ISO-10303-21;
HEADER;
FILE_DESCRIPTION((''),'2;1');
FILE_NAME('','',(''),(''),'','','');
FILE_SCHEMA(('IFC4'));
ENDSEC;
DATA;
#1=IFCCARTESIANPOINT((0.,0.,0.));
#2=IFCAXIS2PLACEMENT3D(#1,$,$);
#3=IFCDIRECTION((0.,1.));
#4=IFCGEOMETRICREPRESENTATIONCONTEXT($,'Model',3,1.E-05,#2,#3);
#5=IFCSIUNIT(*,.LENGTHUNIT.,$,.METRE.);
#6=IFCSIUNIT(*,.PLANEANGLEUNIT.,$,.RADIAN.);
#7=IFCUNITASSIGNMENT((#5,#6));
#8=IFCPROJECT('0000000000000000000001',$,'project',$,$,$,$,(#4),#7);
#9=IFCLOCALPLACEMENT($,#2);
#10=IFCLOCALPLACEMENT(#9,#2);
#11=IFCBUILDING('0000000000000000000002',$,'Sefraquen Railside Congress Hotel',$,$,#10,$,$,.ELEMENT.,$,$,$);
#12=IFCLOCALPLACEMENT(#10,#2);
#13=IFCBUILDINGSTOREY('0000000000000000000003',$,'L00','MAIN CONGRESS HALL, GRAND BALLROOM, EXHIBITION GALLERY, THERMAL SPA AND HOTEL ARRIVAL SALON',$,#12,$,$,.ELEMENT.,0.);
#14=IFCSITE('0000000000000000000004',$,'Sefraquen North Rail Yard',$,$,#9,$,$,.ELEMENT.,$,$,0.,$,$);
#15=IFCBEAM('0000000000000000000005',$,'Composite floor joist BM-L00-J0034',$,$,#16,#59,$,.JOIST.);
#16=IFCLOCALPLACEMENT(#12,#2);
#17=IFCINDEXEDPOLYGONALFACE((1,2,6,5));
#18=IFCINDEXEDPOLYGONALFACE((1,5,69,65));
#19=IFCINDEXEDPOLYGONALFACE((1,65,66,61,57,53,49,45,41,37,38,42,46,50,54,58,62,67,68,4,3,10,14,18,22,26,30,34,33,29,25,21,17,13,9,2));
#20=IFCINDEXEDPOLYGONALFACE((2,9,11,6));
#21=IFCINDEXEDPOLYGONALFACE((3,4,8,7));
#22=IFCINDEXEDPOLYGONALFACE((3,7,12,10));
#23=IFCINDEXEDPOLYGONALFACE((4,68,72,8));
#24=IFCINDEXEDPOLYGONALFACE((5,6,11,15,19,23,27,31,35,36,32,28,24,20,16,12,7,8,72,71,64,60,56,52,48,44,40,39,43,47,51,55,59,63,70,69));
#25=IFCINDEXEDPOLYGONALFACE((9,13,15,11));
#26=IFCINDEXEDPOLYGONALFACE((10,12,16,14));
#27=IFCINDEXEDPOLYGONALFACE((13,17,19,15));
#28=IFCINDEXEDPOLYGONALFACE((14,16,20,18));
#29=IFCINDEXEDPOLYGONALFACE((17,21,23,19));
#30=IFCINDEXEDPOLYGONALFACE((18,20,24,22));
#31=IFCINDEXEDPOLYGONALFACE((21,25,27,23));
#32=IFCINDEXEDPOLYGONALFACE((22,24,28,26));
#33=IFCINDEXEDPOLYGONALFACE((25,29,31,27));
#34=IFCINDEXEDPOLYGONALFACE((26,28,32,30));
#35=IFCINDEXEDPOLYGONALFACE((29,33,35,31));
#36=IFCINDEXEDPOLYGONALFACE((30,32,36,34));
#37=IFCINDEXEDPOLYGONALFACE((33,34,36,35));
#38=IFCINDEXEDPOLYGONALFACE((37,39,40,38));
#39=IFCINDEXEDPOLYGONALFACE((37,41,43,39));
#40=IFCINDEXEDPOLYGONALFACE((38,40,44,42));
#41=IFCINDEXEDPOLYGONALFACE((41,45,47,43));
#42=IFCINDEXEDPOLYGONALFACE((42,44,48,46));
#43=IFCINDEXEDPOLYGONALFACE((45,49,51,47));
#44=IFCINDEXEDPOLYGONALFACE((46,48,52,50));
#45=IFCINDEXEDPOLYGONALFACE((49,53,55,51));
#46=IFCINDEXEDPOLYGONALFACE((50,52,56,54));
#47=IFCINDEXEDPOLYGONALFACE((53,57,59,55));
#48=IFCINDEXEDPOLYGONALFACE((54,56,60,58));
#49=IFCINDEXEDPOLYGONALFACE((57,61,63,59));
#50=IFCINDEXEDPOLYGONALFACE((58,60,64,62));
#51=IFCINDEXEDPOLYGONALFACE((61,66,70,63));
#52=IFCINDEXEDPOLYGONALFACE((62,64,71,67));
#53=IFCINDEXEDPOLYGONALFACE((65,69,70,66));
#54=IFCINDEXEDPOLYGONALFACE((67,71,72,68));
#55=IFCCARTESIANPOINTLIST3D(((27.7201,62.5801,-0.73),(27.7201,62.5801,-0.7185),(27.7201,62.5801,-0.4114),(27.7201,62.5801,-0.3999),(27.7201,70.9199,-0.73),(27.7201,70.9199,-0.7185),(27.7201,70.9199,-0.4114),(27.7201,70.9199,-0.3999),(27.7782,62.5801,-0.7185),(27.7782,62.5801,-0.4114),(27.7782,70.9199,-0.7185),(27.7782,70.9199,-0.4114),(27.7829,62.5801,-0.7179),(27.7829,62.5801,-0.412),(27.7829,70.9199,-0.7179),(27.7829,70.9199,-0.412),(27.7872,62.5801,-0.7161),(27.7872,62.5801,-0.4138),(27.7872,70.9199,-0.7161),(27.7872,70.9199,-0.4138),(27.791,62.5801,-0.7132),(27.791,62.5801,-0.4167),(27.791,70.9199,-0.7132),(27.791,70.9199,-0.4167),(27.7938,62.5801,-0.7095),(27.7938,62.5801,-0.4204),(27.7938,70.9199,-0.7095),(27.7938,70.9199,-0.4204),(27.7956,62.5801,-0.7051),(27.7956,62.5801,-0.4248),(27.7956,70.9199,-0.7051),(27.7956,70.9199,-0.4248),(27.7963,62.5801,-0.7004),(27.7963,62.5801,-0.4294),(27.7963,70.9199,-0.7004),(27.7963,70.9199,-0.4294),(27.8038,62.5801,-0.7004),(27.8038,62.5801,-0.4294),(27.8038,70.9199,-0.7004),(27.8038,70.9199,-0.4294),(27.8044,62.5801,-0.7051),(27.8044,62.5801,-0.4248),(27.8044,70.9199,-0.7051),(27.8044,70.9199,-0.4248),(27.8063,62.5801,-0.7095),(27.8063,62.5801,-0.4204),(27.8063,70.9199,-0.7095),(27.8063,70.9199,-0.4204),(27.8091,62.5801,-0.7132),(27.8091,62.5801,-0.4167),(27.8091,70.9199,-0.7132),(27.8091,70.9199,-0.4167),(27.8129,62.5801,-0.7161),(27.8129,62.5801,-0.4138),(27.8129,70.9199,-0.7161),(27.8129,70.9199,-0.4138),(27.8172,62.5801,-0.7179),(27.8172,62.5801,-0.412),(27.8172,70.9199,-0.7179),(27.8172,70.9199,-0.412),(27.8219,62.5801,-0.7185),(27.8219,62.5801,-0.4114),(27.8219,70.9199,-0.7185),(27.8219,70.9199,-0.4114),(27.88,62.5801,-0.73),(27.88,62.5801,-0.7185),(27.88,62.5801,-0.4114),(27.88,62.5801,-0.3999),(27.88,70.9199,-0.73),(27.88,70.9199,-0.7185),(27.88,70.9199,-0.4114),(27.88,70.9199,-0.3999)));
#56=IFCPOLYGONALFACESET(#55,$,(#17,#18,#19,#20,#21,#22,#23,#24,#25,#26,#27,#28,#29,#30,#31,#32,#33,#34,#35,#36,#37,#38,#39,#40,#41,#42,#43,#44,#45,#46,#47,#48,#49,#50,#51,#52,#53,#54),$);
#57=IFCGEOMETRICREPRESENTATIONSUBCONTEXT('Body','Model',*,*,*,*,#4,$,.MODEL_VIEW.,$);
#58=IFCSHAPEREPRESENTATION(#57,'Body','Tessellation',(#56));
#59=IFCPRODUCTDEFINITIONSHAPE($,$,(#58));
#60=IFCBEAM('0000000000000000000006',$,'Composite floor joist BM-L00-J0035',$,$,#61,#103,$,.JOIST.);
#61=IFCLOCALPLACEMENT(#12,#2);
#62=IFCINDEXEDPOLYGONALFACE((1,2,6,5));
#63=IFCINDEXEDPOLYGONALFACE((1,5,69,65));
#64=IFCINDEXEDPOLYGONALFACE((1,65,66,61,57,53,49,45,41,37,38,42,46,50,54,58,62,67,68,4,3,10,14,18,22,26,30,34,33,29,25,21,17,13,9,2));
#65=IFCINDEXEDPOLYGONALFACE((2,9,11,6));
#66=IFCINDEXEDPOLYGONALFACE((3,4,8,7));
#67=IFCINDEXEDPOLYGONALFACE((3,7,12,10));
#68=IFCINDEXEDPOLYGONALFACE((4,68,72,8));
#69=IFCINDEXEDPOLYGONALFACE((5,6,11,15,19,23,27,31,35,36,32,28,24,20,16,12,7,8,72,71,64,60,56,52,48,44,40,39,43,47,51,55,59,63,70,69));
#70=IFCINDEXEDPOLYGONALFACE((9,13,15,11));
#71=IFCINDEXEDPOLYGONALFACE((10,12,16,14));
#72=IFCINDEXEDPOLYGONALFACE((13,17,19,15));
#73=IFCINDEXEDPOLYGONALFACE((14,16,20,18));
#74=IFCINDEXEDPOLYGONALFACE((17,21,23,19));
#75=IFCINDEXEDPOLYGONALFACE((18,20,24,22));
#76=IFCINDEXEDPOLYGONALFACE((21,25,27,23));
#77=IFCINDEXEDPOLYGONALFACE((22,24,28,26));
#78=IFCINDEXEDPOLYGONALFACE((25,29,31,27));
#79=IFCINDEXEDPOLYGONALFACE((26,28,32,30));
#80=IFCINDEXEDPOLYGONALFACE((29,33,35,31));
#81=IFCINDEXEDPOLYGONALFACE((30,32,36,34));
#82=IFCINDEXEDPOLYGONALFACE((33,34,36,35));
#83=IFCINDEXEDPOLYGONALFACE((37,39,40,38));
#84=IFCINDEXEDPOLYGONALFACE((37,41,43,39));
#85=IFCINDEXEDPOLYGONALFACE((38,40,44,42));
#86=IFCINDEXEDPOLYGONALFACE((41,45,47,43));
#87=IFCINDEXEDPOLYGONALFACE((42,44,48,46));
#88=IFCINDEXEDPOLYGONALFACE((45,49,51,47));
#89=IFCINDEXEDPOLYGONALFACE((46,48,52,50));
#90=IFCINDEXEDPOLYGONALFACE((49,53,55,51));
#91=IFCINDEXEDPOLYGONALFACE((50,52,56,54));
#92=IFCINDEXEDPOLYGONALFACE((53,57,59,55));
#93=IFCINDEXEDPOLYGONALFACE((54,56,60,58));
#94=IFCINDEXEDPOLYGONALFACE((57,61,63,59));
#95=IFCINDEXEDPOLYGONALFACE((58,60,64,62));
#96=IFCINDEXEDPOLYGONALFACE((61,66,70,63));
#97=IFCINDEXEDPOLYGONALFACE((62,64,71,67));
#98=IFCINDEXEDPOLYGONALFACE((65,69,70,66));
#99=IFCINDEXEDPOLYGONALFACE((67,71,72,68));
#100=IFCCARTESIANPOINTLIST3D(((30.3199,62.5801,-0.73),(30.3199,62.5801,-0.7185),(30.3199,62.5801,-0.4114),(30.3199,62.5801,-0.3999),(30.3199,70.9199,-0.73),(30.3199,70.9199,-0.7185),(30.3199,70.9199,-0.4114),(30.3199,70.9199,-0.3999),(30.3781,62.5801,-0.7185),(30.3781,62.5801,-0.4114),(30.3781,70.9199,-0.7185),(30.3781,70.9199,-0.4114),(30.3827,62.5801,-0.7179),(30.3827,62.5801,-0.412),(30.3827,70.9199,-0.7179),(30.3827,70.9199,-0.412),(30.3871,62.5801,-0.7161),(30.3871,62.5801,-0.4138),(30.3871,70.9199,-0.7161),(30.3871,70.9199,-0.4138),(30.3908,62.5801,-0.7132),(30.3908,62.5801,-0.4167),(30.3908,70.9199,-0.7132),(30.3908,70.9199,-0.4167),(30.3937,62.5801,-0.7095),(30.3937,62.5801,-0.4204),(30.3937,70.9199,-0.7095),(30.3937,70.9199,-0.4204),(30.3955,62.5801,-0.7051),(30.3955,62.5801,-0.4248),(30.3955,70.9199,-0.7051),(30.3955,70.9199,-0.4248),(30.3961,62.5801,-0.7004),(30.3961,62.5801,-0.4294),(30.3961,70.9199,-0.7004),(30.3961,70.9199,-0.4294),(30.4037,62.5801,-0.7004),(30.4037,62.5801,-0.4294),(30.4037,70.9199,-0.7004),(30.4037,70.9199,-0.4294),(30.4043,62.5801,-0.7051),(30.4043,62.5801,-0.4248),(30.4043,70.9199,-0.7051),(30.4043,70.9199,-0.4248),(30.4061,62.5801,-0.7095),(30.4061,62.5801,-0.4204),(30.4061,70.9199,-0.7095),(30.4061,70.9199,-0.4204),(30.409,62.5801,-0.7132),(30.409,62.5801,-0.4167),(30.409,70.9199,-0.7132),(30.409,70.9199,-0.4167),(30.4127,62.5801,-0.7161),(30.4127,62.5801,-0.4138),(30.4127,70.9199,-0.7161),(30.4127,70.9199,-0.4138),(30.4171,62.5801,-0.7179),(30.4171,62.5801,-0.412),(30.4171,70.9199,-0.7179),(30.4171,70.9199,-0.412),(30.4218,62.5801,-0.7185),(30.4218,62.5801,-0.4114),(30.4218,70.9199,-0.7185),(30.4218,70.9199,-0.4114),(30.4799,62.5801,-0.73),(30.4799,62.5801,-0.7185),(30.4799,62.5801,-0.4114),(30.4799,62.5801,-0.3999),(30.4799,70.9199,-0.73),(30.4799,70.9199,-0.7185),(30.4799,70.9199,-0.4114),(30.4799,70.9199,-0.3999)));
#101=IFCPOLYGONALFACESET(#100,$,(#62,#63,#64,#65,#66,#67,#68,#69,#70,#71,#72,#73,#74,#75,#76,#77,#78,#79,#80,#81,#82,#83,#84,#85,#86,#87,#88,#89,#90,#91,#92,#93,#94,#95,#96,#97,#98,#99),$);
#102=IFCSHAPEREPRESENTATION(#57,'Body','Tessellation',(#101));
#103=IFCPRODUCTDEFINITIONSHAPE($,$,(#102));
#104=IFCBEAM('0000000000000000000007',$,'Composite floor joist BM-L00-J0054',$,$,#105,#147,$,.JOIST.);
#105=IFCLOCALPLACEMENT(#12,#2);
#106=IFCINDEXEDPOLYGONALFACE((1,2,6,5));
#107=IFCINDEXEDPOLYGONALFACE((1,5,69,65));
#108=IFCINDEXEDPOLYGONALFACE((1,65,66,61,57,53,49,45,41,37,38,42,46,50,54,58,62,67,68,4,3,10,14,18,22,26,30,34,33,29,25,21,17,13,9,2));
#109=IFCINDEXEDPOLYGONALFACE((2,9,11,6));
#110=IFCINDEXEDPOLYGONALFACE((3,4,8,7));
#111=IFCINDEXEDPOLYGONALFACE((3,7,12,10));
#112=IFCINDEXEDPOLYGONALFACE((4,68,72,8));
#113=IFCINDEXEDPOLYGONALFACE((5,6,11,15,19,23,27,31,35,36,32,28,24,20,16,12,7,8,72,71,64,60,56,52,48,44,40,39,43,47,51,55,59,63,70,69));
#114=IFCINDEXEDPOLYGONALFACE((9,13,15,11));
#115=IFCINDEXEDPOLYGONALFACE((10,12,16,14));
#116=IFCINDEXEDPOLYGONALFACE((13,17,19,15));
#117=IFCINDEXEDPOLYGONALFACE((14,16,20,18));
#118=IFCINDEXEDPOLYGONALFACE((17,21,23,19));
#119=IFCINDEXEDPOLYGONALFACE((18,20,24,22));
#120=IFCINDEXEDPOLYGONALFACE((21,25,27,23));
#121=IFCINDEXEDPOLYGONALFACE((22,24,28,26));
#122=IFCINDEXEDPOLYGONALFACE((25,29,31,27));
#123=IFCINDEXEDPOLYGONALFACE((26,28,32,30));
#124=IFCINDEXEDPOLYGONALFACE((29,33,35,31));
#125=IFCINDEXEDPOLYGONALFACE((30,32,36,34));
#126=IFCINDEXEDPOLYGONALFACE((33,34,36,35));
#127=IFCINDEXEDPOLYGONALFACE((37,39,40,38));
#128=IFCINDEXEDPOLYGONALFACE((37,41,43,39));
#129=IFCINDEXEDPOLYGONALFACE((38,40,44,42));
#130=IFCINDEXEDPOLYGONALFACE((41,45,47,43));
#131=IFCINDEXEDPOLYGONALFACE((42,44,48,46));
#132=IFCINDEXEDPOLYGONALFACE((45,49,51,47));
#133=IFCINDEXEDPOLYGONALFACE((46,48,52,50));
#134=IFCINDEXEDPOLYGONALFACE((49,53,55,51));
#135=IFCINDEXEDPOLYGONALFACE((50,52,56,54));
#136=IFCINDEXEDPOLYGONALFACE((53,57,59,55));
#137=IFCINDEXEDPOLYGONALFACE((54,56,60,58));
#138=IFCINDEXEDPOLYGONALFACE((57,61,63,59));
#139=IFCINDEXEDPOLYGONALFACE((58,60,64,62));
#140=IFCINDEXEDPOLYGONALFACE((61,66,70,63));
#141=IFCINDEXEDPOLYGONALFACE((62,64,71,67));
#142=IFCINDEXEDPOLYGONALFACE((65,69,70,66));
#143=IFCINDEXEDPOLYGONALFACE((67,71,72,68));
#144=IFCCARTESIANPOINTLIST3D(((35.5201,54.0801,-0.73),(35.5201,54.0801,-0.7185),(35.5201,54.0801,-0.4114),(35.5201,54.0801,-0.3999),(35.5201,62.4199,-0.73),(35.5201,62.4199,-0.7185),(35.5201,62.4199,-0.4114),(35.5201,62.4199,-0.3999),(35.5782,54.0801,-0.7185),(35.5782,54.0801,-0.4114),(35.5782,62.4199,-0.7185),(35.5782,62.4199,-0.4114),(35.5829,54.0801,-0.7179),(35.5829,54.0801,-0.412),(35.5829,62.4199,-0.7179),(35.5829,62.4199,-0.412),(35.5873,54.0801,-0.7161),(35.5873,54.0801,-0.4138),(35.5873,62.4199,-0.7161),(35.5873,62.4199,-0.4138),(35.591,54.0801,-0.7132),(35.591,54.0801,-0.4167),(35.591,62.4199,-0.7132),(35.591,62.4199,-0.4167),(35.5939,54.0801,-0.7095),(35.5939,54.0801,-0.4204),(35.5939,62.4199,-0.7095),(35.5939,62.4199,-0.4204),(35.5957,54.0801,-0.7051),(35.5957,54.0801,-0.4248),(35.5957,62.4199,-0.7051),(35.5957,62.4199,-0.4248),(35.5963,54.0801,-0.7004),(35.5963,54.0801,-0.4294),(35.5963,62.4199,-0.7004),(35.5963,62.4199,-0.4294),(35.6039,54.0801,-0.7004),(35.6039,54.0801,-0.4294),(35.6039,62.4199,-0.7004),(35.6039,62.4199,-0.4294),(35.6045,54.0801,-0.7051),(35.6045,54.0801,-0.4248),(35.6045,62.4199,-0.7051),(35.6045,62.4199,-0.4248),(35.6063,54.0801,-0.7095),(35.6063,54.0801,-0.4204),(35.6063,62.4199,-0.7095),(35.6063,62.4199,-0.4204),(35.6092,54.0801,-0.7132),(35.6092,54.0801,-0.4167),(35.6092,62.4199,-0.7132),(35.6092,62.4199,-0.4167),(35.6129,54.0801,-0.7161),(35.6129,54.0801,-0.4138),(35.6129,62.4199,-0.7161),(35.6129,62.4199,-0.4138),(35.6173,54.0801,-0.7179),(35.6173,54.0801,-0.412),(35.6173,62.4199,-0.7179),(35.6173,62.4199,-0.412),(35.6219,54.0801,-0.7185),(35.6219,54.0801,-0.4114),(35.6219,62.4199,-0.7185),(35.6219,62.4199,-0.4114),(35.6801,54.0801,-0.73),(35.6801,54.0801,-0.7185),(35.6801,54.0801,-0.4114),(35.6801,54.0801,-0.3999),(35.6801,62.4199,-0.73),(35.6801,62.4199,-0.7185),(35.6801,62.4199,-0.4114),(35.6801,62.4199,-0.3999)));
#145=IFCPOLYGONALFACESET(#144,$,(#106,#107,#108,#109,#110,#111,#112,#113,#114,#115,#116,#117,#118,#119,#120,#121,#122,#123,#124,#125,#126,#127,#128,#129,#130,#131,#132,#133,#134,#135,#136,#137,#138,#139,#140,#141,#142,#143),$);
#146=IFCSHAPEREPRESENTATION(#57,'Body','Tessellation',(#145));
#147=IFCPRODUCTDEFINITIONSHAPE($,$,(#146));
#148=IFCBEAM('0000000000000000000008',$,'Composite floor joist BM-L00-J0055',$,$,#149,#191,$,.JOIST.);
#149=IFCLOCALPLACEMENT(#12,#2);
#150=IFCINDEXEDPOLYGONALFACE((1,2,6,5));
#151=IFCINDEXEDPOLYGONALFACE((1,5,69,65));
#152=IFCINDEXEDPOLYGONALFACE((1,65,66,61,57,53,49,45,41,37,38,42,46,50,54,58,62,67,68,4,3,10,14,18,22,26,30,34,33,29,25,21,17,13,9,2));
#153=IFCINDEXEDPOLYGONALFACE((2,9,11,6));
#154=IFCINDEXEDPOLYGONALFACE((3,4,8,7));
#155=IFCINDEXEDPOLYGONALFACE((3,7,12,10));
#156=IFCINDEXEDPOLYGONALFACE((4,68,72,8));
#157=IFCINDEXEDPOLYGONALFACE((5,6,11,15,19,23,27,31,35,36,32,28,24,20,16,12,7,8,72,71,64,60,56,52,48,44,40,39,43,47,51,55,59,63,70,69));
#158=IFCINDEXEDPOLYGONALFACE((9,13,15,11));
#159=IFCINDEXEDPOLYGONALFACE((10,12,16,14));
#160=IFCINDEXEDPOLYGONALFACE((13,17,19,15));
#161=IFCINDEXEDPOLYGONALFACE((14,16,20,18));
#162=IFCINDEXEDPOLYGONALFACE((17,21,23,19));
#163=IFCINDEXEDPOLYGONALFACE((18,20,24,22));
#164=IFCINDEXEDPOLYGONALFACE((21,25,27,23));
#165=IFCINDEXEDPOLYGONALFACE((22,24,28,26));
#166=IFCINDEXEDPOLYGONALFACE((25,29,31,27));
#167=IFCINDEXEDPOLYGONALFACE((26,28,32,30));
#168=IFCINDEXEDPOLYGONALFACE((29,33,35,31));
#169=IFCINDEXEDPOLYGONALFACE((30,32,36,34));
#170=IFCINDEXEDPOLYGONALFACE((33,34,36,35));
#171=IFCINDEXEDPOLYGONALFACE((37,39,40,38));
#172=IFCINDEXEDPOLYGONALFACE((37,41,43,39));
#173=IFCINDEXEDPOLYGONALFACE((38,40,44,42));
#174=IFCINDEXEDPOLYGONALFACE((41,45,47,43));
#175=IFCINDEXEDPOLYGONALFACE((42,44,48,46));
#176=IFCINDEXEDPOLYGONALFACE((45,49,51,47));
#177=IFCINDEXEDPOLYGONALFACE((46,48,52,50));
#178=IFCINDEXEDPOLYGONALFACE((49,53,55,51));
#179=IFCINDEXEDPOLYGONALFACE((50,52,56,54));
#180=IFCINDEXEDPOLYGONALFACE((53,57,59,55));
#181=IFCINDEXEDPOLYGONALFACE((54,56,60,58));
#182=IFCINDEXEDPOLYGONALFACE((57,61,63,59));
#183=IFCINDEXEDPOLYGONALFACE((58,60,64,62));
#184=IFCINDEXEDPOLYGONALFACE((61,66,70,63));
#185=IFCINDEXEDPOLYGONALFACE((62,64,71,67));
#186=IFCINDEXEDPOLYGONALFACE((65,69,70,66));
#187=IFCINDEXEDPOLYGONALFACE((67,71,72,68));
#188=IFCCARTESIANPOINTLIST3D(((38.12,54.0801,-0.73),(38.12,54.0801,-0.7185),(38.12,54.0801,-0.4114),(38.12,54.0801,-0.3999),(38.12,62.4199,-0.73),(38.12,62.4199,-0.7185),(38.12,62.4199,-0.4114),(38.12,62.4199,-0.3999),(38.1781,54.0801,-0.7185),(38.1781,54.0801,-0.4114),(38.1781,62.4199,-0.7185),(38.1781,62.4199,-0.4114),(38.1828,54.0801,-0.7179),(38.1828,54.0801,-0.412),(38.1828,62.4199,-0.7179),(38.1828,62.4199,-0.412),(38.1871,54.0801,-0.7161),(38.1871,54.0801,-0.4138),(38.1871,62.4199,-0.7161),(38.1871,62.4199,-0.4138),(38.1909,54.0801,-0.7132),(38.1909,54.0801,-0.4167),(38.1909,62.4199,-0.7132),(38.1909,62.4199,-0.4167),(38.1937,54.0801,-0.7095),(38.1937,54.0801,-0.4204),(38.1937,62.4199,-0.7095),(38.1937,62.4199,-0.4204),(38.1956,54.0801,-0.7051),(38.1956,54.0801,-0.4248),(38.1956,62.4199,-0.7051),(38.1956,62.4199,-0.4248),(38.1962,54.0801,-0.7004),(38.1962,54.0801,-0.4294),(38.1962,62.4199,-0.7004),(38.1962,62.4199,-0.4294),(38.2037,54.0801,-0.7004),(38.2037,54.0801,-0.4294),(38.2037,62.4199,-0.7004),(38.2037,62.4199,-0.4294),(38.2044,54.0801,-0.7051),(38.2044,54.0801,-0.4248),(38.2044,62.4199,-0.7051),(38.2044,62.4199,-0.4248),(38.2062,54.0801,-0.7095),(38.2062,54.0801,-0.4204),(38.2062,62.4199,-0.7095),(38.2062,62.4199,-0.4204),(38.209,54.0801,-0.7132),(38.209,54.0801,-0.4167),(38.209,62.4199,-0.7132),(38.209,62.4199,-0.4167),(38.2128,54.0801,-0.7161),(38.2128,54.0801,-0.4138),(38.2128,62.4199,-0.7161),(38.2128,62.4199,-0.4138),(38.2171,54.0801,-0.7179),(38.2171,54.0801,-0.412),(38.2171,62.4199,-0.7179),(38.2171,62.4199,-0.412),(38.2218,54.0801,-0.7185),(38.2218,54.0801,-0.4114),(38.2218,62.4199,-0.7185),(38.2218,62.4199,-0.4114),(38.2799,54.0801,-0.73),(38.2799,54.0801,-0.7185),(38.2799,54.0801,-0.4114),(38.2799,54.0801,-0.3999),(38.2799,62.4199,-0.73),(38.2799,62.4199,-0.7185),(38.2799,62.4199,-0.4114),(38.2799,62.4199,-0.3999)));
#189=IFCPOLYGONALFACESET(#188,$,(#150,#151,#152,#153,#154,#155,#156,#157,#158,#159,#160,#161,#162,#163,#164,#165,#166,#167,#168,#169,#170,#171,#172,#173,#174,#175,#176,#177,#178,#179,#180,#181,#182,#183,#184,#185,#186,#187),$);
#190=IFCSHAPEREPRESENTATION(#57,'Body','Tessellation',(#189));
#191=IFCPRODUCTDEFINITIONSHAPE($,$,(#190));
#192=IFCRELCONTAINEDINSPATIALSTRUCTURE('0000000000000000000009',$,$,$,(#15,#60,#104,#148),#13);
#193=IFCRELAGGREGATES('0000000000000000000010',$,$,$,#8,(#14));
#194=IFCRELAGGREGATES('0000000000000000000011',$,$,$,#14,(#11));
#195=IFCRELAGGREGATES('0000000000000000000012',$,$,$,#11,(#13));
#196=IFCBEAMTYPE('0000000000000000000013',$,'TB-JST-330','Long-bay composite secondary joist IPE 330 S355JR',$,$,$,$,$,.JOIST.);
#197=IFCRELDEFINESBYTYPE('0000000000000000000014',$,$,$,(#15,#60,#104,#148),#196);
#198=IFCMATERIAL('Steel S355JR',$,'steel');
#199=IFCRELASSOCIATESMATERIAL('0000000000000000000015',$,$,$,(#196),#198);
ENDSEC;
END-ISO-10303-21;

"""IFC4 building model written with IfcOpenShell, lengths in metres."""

from ifc_helpers import new_model, si_unit, direction, frame, origin, origin_2d, place, context, subcontext, project, spatial, i_section, extrude, material, material_profile, profile_set, type_object, element, save


model = new_model("IFC4")

# Units and contexts
model_context = context("Model", 3, precision=1e-05, world=origin(), true_north=direction((0.0, 1.0)))
body_context = subcontext(model_context, "Body", "Model", "MODEL_VIEW")
ifc_project = project(units=[si_unit("LENGTHUNIT", "METRE"), si_unit("PLANEANGLEUNIT", "RADIAN")], contexts=[model_context])

# Site, building, storey
site_placement = place(None, origin())
site = spatial("IfcSite", under=ifc_project, at=site_placement, Name="Sefraquen North Rail Yard", CompositionType="ELEMENT", RefElevation=0.0)
building_placement = place(site_placement, origin())
building = spatial("IfcBuilding", under=site, at=building_placement, Name="Sefraquen Railside Congress Hotel", CompositionType="ELEMENT")
storey_placement = place(building_placement, origin())
storey = spatial("IfcBuildingStorey", under=building, at=storey_placement, Name="L00", Description="MAIN CONGRESS HALL, GRAND BALLROOM, EXHIBITION GALLERY, THERMAL SPA AND HOTEL ARRIVAL SALON", CompositionType="ELEMENT", Elevation=0.0)

# Shared definitions
ifc_material_1 = material(Name="Steel S355JR", Category="steel")

# Beams
ifc_material_profile_1 = material_profile(ifc_material_1, i_section(OverallWidth=0.1599, OverallDepth=0.3301, WebThickness=0.0076, FlangeThickness=0.0115, FilletRadius=0.0181, at=origin_2d()), Name="IPE 330")
ifc_profile_set_1 = profile_set([ifc_material_profile_1], Name="Steel S355JR")
beam_type_1 = type_object("IfcBeamType", Name="TB-JST-330", Description="Long-bay composite secondary joist IPE 330 S355JR", PredefinedType="JOIST", material=ifc_profile_set_1)
for number, where, z_axis, x_axis, name in (
    (1, (27.8, 62.5801, -0.5649), (0.0, 1.0, 0.0), (-1.0, 0.0, 0.0), "Composite floor joist BM-L00-J0034"),
    (2, (30.3999, 62.5801, -0.5649), (0.0, 1.0, 0.0), (-1.0, 0.0, 0.0), "Composite floor joist BM-L00-J0035"),
    (3, (35.6001, 54.0801, -0.5649), (0.0, 1.0, 0.0), (-1.0, 0.0, 0.0), "Composite floor joist BM-L00-J0054"),
    (4, (38.2, 54.0801, -0.5649), (0.0, 1.0, 0.0), (-1.0, 0.0, 0.0), "Composite floor joist BM-L00-J0055"),
):
    element("IfcBeam", number, at=place(storey_placement, frame(where, z_axis=z_axis, x_axis=x_axis)), inside=storey, type_object=beam_type_1, Name=name, PredefinedType="JOIST", context=body_context, shape_type="SweptSolid", body=[
        extrude(i_section(OverallWidth=0.1599, OverallDepth=0.3301, WebThickness=0.0076, FlangeThickness=0.0115, FilletRadius=0.0181, at=origin_2d()), origin(), (0.0, 0.0, 1.0), 8.3398),
    ])

save(model, "model.ifc")
